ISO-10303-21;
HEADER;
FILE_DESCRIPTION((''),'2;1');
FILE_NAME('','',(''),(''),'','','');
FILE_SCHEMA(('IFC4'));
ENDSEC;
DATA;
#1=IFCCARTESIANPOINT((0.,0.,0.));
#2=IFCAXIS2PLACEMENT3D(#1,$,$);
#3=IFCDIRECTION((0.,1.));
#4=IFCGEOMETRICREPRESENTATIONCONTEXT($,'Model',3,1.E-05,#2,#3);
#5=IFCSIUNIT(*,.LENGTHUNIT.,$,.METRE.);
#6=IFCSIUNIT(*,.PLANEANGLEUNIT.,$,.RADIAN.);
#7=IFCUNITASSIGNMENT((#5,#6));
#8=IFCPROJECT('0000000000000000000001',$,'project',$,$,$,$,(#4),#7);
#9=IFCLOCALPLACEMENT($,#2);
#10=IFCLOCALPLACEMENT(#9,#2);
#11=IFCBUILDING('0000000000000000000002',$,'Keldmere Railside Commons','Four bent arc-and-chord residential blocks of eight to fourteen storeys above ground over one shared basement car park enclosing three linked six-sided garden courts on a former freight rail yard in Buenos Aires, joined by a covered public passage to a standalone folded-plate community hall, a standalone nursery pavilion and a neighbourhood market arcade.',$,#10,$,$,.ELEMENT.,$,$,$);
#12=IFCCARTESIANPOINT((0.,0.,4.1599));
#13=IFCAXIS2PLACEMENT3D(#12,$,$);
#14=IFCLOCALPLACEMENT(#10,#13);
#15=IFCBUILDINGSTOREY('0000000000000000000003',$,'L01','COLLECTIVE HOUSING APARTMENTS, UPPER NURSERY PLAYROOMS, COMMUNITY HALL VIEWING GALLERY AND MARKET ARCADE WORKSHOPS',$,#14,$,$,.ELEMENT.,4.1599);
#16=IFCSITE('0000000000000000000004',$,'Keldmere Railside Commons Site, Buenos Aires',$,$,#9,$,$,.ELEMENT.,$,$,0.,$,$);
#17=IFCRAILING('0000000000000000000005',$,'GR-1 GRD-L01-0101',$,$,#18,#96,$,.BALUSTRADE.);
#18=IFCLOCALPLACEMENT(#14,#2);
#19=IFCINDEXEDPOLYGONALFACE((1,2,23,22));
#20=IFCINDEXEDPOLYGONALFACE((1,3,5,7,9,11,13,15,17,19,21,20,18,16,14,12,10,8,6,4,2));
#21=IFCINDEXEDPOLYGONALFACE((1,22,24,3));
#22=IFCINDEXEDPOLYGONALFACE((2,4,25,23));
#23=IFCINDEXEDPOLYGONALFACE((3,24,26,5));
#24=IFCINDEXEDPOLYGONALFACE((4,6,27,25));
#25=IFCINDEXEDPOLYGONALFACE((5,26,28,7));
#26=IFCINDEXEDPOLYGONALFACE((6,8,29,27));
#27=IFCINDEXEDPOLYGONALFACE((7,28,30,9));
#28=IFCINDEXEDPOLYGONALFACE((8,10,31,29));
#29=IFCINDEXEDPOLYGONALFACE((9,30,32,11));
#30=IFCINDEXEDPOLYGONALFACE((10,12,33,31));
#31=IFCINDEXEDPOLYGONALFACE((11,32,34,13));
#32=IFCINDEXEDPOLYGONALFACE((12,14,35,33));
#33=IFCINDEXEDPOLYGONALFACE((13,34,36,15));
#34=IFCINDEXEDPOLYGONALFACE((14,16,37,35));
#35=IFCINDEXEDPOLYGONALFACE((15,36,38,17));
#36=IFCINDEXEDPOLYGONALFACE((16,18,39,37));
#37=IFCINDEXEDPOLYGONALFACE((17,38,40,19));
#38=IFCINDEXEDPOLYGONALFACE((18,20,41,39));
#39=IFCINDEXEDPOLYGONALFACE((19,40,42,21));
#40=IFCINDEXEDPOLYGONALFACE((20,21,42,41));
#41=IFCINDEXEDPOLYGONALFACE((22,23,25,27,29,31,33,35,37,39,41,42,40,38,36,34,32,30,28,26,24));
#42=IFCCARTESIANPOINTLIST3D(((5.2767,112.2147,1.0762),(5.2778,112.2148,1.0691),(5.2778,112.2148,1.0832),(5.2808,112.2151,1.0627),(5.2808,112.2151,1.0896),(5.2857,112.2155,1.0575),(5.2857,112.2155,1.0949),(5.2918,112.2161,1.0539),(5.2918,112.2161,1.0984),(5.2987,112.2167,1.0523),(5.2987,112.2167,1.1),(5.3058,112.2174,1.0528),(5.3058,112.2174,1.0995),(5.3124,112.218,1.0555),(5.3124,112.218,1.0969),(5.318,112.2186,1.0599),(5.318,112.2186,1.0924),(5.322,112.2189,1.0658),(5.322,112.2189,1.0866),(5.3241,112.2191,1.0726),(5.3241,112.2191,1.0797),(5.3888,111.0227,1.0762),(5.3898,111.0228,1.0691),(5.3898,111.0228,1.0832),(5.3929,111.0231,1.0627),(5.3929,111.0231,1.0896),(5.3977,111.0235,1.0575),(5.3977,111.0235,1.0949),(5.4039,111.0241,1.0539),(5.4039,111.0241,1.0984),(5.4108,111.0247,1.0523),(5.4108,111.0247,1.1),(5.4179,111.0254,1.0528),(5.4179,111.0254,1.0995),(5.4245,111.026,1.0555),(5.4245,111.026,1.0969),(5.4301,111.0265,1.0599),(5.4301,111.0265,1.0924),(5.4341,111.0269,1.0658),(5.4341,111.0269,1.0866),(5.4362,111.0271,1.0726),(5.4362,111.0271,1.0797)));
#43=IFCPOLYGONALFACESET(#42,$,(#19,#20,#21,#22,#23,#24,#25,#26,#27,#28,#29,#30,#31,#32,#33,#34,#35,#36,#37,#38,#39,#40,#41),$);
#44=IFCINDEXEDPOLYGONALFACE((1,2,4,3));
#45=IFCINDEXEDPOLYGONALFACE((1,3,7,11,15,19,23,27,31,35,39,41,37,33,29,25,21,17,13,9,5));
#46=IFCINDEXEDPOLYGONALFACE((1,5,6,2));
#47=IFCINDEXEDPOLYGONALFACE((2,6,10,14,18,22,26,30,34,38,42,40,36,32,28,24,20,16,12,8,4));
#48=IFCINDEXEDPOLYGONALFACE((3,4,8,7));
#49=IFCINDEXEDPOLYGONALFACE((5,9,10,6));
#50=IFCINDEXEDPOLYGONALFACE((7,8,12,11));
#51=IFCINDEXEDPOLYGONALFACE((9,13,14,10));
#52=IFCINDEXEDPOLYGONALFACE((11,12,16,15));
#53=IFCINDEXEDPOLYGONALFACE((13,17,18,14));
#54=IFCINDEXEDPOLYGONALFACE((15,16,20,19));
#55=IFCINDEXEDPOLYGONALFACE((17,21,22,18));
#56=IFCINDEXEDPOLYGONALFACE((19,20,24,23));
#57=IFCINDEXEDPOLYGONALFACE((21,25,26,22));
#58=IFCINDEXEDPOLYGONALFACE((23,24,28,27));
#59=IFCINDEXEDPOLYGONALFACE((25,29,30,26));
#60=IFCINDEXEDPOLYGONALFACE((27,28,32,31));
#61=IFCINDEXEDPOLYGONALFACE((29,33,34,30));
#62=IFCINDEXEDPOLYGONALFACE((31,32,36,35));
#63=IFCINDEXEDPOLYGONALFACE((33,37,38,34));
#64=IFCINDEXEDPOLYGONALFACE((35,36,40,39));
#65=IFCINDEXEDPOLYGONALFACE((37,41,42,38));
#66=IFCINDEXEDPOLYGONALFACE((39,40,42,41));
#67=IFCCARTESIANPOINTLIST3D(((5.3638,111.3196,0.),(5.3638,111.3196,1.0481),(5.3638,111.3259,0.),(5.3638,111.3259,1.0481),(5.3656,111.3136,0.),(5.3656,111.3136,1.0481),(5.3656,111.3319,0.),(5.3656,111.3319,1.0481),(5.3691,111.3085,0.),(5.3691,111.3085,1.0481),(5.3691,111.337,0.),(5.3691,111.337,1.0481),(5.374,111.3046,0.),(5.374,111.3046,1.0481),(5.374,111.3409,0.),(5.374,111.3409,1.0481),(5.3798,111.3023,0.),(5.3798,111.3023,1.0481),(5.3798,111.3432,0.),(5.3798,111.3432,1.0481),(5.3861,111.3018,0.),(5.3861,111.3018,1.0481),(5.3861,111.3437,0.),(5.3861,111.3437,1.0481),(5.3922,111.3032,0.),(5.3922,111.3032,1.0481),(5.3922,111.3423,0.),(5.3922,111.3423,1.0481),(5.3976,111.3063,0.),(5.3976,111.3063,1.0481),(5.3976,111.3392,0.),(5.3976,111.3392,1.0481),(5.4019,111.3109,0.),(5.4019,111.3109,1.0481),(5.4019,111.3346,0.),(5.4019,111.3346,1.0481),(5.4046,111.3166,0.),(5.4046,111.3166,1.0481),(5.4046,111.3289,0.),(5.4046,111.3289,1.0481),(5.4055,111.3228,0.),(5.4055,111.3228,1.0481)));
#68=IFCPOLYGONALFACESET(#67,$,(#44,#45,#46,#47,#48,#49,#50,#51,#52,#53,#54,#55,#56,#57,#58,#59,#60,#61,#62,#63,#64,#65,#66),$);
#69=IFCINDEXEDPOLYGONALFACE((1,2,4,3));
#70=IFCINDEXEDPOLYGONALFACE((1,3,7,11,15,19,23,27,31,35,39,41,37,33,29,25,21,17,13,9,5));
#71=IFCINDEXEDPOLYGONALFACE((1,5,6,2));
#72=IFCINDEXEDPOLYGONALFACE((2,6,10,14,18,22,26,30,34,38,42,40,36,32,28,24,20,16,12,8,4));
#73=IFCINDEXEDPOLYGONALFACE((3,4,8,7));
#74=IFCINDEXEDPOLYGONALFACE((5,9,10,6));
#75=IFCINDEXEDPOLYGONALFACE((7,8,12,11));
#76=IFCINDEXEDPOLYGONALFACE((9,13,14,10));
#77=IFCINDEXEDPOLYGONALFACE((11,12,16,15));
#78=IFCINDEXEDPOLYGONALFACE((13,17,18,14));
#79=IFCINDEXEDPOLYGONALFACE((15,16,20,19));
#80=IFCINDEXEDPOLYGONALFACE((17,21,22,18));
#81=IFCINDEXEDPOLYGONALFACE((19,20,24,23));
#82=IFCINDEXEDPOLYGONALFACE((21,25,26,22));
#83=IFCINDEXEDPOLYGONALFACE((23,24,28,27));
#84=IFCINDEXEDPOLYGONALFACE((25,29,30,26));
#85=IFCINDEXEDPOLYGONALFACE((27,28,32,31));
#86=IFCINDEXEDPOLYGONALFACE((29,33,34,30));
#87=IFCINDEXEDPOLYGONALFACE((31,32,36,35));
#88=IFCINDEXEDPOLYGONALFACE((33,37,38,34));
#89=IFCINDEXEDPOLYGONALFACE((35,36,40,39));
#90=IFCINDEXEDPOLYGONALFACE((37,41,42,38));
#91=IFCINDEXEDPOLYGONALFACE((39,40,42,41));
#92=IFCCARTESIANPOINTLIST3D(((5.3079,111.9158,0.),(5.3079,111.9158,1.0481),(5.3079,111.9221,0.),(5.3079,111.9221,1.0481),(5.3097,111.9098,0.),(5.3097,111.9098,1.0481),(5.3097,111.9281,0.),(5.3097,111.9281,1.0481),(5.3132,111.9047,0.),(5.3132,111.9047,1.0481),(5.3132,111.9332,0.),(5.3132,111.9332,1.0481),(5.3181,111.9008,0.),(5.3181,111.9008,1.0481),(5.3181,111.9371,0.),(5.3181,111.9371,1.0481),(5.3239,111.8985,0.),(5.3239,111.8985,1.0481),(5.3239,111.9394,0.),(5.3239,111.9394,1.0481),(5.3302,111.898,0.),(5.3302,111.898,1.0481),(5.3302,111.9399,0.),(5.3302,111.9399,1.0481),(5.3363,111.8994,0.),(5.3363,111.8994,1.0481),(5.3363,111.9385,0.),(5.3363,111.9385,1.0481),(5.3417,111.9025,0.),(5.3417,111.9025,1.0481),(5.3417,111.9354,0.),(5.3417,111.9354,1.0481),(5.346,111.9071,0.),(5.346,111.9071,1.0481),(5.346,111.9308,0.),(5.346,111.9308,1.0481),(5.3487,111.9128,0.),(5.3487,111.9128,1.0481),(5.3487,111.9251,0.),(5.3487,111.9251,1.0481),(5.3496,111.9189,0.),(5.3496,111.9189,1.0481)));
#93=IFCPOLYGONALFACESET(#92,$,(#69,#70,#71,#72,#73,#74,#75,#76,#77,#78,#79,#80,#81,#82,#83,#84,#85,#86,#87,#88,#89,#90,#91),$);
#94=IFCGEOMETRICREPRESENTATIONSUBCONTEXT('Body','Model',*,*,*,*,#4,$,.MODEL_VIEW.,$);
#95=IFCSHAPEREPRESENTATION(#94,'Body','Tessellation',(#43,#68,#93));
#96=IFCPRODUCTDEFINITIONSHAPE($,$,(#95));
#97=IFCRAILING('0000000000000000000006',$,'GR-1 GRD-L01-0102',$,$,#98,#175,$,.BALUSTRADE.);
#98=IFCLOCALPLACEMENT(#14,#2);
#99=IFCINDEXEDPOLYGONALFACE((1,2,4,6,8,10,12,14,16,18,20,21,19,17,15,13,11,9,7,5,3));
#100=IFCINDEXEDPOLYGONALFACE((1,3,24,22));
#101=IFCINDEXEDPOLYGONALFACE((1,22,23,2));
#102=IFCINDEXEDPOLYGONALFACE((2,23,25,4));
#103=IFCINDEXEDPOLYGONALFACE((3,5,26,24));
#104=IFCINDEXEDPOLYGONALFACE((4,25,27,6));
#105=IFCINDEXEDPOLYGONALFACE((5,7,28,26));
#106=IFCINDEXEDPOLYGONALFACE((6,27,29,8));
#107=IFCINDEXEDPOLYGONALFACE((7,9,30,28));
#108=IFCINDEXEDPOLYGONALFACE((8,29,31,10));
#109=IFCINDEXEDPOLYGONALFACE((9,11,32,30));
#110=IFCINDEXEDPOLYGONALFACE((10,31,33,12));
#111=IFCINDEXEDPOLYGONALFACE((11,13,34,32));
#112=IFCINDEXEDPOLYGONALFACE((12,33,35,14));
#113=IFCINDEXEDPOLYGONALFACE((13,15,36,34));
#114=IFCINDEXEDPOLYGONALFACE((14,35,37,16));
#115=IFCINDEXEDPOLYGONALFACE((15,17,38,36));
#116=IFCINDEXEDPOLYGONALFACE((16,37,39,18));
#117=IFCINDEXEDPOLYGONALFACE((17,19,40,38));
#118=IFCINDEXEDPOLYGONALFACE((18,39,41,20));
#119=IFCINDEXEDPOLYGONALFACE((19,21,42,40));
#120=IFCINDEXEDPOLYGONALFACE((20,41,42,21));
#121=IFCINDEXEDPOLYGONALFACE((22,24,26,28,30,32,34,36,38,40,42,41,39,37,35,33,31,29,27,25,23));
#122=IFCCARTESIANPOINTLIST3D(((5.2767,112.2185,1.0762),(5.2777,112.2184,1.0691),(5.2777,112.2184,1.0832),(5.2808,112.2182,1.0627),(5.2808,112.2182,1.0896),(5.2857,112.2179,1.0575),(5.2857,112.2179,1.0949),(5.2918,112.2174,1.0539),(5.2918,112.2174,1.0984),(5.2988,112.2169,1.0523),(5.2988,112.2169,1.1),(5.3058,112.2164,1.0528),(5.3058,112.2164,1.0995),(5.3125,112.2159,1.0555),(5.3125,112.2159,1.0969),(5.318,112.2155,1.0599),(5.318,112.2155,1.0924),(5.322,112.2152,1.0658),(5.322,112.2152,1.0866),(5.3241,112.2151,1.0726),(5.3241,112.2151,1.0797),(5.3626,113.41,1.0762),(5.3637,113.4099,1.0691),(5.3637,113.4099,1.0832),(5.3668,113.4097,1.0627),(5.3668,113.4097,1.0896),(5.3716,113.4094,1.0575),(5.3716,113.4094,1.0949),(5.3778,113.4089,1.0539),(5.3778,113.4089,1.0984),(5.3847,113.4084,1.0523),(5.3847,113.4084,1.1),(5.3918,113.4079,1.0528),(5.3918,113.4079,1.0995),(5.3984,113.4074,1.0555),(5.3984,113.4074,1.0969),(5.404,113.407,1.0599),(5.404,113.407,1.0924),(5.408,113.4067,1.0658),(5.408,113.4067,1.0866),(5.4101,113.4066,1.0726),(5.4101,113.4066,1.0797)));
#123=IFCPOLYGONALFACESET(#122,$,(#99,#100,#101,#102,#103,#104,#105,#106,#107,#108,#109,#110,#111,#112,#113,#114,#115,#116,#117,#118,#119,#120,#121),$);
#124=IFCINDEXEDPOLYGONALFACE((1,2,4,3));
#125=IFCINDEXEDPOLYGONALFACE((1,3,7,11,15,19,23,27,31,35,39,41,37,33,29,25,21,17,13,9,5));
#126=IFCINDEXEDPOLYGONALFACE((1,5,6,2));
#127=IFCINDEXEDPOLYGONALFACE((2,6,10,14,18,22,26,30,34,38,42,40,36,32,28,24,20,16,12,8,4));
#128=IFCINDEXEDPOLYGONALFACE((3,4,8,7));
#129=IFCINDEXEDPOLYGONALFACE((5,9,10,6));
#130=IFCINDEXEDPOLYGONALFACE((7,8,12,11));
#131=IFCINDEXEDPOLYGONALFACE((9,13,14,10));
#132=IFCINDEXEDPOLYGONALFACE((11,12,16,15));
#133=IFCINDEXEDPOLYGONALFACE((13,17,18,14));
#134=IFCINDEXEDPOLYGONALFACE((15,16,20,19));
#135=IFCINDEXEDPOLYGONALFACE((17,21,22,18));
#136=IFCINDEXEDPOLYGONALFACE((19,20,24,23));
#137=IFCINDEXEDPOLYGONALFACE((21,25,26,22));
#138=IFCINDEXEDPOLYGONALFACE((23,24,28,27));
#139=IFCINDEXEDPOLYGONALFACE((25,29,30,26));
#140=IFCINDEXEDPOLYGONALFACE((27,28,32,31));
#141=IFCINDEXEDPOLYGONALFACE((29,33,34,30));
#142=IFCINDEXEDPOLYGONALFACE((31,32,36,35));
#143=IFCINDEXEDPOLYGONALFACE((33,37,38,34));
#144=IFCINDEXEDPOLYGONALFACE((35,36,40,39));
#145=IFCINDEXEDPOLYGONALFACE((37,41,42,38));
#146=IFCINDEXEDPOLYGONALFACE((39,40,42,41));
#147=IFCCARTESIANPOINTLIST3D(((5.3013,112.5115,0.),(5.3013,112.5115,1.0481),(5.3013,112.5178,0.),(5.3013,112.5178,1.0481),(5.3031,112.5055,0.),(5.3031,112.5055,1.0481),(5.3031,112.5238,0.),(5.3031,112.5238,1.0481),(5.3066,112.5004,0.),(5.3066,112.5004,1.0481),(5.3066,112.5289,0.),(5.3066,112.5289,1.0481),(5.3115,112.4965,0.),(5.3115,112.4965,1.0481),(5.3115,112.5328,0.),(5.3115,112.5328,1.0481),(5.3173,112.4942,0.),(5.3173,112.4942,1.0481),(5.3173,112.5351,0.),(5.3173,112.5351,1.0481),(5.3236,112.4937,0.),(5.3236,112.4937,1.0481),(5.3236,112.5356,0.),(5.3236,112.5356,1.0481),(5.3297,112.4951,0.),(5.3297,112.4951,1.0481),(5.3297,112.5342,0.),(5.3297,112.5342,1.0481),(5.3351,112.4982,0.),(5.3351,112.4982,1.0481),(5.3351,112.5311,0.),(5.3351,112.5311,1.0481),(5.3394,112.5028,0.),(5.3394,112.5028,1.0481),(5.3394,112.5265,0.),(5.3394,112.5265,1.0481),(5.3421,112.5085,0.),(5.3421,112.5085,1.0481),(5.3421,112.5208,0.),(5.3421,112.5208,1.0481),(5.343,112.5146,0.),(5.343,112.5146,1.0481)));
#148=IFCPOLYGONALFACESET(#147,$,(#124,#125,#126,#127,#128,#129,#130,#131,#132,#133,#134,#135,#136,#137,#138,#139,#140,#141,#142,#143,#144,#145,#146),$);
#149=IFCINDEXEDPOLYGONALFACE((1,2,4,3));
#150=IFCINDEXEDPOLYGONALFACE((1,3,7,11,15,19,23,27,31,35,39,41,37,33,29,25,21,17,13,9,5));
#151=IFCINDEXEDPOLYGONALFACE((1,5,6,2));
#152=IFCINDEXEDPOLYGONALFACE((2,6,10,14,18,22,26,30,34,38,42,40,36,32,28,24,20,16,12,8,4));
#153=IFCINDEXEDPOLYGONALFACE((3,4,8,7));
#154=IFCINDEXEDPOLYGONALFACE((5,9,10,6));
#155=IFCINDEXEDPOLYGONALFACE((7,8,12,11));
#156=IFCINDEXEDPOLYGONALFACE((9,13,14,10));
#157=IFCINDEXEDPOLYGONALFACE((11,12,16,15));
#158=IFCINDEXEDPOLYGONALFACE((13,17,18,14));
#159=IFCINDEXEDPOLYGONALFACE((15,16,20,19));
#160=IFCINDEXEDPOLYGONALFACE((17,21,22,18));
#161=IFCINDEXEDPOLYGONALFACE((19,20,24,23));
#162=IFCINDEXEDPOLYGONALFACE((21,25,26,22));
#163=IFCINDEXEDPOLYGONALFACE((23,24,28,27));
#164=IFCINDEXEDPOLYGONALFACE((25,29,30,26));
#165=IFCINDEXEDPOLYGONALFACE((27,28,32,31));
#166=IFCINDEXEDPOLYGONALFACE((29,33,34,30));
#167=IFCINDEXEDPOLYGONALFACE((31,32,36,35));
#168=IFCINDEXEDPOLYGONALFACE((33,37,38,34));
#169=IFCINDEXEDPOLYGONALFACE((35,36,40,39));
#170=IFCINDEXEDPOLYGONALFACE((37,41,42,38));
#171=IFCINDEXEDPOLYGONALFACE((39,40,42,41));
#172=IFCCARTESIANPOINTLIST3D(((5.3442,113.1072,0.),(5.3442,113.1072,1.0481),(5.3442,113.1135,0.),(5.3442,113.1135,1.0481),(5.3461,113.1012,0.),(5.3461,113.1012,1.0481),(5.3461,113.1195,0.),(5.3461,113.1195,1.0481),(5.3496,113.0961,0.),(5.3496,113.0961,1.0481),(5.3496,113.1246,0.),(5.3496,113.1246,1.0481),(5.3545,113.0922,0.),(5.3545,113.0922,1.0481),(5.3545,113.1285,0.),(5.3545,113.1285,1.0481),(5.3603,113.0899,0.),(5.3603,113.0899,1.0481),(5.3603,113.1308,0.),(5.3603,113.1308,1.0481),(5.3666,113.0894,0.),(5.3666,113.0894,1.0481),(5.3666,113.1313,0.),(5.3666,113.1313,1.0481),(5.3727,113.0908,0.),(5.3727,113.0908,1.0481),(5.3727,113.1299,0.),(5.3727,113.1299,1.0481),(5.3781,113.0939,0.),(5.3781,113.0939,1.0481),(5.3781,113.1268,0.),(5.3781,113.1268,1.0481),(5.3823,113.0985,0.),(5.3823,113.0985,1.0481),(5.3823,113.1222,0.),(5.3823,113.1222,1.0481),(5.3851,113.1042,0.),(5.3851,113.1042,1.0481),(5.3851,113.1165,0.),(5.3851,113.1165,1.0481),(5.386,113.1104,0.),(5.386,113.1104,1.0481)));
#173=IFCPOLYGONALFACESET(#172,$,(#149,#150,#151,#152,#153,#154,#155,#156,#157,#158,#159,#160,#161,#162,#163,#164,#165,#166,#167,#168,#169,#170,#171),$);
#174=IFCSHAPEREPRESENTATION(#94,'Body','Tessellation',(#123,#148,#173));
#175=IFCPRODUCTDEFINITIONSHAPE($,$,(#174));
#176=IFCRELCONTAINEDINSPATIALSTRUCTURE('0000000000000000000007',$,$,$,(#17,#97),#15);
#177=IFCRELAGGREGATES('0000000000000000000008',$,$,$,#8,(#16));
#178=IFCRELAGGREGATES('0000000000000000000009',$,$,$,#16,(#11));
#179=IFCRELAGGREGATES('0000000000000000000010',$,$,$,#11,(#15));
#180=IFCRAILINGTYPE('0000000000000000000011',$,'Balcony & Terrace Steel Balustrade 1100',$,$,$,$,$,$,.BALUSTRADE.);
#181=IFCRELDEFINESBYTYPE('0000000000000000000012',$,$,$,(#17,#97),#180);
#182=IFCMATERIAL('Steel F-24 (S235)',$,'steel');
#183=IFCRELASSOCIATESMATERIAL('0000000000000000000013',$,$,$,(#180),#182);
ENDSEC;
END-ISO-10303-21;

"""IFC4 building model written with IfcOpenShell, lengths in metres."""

from ifc_helpers import new_model, si_unit, direction, frame, origin, origin_2d, place, context, subcontext, project, spatial, circle, extrude, material, type_object, element, save


model = new_model("IFC4")

# Units and contexts
model_context = context("Model", 3, precision=1e-05, world=origin(), true_north=direction((0.0, 1.0)))
body_context = subcontext(model_context, "Body", "Model", "MODEL_VIEW")
ifc_project = project(units=[si_unit("LENGTHUNIT", "METRE"), si_unit("PLANEANGLEUNIT", "RADIAN")], contexts=[model_context])

# Site, building, storey
site_placement = place(None, origin())
site = spatial("IfcSite", under=ifc_project, at=site_placement, Name="Keldmere Railside Commons Site, Buenos Aires", CompositionType="ELEMENT", RefElevation=0.0)
building_placement = place(site_placement, origin())
building = spatial("IfcBuilding", under=site, at=building_placement, Name="Keldmere Railside Commons", Description="Four bent arc-and-chord residential blocks of eight to fourteen storeys above ground over one shared basement car park enclosing three linked six-sided garden courts on a former freight rail yard in Buenos Aires, joined by a covered public passage to a standalone folded-plate community hall, a standalone nursery pavilion and a neighbourhood market arcade.", CompositionType="ELEMENT")
storey_placement = place(building_placement, frame((0.0, 0.0, 4.1599)))
storey = spatial("IfcBuildingStorey", under=building, at=storey_placement, Name="L01", Description="COLLECTIVE HOUSING APARTMENTS, UPPER NURSERY PLAYROOMS, COMMUNITY HALL VIEWING GALLERY AND MARKET ARCADE WORKSHOPS", CompositionType="ELEMENT", Elevation=4.1599)

# Railings
ifc_material_1 = material(Name="Steel F-24 (S235)", Category="steel")
railing_type = type_object("IfcRailingType", Name="Balcony & Terrace Steel Balustrade 1100", PredefinedType="BALUSTRADE", material=ifc_material_1)
railing_1_placement = place(storey_placement, frame((5.4126, 111.0249, 0.0)))
element("IfcRailing", 1, at=railing_1_placement, inside=storey, type_object=railing_type, Name="GR-1 GRD-L01-0101", PredefinedType="BALUSTRADE", context=body_context, shape_type="SweptSolid", body=[
    extrude(circle(Radius=0.0239, at=origin_2d()), frame((0.0, 0.0, 1.0762), z_axis=(-0.093606, 0.995609, 0.0), x_axis=(-0.995609, -0.093606, 0.0)), (0.0, 0.0, 1.0), 1.1973),
    extrude(circle(Radius=0.021, at=origin_2d()), frame((-0.0281, 0.2979, 0.0)), (0.0, 0.0, 1.0), 1.0481),
    extrude(circle(Radius=0.021, at=origin_2d()), frame((-0.084, 0.894, 0.0)), (0.0, 0.0, 1.0), 1.0481),
])
railing_2_placement = place(storey_placement, frame((5.3005, 112.2168, 0.0)))
element("IfcRailing", 2, at=railing_2_placement, inside=storey, type_object=railing_type, Name="GR-1 GRD-L01-0102", PredefinedType="BALUSTRADE", context=body_context, shape_type="SweptSolid", body=[
    extrude(circle(Radius=0.0239, at=origin_2d()), frame((0.0, 0.0, 1.0762), z_axis=(0.071944, 0.997409, 0.0), x_axis=(-0.997409, 0.071944, 0.0)), (0.0, 0.0, 1.0), 1.1946),
    extrude(circle(Radius=0.021, at=origin_2d()), frame((0.0215, 0.2979, 0.0)), (0.0, 0.0, 1.0), 1.0481),
    extrude(circle(Radius=0.021, at=origin_2d()), frame((0.0645, 0.8936, 0.0)), (0.0, 0.0, 1.0), 1.0481),
])

save(model, "model.ifc")
